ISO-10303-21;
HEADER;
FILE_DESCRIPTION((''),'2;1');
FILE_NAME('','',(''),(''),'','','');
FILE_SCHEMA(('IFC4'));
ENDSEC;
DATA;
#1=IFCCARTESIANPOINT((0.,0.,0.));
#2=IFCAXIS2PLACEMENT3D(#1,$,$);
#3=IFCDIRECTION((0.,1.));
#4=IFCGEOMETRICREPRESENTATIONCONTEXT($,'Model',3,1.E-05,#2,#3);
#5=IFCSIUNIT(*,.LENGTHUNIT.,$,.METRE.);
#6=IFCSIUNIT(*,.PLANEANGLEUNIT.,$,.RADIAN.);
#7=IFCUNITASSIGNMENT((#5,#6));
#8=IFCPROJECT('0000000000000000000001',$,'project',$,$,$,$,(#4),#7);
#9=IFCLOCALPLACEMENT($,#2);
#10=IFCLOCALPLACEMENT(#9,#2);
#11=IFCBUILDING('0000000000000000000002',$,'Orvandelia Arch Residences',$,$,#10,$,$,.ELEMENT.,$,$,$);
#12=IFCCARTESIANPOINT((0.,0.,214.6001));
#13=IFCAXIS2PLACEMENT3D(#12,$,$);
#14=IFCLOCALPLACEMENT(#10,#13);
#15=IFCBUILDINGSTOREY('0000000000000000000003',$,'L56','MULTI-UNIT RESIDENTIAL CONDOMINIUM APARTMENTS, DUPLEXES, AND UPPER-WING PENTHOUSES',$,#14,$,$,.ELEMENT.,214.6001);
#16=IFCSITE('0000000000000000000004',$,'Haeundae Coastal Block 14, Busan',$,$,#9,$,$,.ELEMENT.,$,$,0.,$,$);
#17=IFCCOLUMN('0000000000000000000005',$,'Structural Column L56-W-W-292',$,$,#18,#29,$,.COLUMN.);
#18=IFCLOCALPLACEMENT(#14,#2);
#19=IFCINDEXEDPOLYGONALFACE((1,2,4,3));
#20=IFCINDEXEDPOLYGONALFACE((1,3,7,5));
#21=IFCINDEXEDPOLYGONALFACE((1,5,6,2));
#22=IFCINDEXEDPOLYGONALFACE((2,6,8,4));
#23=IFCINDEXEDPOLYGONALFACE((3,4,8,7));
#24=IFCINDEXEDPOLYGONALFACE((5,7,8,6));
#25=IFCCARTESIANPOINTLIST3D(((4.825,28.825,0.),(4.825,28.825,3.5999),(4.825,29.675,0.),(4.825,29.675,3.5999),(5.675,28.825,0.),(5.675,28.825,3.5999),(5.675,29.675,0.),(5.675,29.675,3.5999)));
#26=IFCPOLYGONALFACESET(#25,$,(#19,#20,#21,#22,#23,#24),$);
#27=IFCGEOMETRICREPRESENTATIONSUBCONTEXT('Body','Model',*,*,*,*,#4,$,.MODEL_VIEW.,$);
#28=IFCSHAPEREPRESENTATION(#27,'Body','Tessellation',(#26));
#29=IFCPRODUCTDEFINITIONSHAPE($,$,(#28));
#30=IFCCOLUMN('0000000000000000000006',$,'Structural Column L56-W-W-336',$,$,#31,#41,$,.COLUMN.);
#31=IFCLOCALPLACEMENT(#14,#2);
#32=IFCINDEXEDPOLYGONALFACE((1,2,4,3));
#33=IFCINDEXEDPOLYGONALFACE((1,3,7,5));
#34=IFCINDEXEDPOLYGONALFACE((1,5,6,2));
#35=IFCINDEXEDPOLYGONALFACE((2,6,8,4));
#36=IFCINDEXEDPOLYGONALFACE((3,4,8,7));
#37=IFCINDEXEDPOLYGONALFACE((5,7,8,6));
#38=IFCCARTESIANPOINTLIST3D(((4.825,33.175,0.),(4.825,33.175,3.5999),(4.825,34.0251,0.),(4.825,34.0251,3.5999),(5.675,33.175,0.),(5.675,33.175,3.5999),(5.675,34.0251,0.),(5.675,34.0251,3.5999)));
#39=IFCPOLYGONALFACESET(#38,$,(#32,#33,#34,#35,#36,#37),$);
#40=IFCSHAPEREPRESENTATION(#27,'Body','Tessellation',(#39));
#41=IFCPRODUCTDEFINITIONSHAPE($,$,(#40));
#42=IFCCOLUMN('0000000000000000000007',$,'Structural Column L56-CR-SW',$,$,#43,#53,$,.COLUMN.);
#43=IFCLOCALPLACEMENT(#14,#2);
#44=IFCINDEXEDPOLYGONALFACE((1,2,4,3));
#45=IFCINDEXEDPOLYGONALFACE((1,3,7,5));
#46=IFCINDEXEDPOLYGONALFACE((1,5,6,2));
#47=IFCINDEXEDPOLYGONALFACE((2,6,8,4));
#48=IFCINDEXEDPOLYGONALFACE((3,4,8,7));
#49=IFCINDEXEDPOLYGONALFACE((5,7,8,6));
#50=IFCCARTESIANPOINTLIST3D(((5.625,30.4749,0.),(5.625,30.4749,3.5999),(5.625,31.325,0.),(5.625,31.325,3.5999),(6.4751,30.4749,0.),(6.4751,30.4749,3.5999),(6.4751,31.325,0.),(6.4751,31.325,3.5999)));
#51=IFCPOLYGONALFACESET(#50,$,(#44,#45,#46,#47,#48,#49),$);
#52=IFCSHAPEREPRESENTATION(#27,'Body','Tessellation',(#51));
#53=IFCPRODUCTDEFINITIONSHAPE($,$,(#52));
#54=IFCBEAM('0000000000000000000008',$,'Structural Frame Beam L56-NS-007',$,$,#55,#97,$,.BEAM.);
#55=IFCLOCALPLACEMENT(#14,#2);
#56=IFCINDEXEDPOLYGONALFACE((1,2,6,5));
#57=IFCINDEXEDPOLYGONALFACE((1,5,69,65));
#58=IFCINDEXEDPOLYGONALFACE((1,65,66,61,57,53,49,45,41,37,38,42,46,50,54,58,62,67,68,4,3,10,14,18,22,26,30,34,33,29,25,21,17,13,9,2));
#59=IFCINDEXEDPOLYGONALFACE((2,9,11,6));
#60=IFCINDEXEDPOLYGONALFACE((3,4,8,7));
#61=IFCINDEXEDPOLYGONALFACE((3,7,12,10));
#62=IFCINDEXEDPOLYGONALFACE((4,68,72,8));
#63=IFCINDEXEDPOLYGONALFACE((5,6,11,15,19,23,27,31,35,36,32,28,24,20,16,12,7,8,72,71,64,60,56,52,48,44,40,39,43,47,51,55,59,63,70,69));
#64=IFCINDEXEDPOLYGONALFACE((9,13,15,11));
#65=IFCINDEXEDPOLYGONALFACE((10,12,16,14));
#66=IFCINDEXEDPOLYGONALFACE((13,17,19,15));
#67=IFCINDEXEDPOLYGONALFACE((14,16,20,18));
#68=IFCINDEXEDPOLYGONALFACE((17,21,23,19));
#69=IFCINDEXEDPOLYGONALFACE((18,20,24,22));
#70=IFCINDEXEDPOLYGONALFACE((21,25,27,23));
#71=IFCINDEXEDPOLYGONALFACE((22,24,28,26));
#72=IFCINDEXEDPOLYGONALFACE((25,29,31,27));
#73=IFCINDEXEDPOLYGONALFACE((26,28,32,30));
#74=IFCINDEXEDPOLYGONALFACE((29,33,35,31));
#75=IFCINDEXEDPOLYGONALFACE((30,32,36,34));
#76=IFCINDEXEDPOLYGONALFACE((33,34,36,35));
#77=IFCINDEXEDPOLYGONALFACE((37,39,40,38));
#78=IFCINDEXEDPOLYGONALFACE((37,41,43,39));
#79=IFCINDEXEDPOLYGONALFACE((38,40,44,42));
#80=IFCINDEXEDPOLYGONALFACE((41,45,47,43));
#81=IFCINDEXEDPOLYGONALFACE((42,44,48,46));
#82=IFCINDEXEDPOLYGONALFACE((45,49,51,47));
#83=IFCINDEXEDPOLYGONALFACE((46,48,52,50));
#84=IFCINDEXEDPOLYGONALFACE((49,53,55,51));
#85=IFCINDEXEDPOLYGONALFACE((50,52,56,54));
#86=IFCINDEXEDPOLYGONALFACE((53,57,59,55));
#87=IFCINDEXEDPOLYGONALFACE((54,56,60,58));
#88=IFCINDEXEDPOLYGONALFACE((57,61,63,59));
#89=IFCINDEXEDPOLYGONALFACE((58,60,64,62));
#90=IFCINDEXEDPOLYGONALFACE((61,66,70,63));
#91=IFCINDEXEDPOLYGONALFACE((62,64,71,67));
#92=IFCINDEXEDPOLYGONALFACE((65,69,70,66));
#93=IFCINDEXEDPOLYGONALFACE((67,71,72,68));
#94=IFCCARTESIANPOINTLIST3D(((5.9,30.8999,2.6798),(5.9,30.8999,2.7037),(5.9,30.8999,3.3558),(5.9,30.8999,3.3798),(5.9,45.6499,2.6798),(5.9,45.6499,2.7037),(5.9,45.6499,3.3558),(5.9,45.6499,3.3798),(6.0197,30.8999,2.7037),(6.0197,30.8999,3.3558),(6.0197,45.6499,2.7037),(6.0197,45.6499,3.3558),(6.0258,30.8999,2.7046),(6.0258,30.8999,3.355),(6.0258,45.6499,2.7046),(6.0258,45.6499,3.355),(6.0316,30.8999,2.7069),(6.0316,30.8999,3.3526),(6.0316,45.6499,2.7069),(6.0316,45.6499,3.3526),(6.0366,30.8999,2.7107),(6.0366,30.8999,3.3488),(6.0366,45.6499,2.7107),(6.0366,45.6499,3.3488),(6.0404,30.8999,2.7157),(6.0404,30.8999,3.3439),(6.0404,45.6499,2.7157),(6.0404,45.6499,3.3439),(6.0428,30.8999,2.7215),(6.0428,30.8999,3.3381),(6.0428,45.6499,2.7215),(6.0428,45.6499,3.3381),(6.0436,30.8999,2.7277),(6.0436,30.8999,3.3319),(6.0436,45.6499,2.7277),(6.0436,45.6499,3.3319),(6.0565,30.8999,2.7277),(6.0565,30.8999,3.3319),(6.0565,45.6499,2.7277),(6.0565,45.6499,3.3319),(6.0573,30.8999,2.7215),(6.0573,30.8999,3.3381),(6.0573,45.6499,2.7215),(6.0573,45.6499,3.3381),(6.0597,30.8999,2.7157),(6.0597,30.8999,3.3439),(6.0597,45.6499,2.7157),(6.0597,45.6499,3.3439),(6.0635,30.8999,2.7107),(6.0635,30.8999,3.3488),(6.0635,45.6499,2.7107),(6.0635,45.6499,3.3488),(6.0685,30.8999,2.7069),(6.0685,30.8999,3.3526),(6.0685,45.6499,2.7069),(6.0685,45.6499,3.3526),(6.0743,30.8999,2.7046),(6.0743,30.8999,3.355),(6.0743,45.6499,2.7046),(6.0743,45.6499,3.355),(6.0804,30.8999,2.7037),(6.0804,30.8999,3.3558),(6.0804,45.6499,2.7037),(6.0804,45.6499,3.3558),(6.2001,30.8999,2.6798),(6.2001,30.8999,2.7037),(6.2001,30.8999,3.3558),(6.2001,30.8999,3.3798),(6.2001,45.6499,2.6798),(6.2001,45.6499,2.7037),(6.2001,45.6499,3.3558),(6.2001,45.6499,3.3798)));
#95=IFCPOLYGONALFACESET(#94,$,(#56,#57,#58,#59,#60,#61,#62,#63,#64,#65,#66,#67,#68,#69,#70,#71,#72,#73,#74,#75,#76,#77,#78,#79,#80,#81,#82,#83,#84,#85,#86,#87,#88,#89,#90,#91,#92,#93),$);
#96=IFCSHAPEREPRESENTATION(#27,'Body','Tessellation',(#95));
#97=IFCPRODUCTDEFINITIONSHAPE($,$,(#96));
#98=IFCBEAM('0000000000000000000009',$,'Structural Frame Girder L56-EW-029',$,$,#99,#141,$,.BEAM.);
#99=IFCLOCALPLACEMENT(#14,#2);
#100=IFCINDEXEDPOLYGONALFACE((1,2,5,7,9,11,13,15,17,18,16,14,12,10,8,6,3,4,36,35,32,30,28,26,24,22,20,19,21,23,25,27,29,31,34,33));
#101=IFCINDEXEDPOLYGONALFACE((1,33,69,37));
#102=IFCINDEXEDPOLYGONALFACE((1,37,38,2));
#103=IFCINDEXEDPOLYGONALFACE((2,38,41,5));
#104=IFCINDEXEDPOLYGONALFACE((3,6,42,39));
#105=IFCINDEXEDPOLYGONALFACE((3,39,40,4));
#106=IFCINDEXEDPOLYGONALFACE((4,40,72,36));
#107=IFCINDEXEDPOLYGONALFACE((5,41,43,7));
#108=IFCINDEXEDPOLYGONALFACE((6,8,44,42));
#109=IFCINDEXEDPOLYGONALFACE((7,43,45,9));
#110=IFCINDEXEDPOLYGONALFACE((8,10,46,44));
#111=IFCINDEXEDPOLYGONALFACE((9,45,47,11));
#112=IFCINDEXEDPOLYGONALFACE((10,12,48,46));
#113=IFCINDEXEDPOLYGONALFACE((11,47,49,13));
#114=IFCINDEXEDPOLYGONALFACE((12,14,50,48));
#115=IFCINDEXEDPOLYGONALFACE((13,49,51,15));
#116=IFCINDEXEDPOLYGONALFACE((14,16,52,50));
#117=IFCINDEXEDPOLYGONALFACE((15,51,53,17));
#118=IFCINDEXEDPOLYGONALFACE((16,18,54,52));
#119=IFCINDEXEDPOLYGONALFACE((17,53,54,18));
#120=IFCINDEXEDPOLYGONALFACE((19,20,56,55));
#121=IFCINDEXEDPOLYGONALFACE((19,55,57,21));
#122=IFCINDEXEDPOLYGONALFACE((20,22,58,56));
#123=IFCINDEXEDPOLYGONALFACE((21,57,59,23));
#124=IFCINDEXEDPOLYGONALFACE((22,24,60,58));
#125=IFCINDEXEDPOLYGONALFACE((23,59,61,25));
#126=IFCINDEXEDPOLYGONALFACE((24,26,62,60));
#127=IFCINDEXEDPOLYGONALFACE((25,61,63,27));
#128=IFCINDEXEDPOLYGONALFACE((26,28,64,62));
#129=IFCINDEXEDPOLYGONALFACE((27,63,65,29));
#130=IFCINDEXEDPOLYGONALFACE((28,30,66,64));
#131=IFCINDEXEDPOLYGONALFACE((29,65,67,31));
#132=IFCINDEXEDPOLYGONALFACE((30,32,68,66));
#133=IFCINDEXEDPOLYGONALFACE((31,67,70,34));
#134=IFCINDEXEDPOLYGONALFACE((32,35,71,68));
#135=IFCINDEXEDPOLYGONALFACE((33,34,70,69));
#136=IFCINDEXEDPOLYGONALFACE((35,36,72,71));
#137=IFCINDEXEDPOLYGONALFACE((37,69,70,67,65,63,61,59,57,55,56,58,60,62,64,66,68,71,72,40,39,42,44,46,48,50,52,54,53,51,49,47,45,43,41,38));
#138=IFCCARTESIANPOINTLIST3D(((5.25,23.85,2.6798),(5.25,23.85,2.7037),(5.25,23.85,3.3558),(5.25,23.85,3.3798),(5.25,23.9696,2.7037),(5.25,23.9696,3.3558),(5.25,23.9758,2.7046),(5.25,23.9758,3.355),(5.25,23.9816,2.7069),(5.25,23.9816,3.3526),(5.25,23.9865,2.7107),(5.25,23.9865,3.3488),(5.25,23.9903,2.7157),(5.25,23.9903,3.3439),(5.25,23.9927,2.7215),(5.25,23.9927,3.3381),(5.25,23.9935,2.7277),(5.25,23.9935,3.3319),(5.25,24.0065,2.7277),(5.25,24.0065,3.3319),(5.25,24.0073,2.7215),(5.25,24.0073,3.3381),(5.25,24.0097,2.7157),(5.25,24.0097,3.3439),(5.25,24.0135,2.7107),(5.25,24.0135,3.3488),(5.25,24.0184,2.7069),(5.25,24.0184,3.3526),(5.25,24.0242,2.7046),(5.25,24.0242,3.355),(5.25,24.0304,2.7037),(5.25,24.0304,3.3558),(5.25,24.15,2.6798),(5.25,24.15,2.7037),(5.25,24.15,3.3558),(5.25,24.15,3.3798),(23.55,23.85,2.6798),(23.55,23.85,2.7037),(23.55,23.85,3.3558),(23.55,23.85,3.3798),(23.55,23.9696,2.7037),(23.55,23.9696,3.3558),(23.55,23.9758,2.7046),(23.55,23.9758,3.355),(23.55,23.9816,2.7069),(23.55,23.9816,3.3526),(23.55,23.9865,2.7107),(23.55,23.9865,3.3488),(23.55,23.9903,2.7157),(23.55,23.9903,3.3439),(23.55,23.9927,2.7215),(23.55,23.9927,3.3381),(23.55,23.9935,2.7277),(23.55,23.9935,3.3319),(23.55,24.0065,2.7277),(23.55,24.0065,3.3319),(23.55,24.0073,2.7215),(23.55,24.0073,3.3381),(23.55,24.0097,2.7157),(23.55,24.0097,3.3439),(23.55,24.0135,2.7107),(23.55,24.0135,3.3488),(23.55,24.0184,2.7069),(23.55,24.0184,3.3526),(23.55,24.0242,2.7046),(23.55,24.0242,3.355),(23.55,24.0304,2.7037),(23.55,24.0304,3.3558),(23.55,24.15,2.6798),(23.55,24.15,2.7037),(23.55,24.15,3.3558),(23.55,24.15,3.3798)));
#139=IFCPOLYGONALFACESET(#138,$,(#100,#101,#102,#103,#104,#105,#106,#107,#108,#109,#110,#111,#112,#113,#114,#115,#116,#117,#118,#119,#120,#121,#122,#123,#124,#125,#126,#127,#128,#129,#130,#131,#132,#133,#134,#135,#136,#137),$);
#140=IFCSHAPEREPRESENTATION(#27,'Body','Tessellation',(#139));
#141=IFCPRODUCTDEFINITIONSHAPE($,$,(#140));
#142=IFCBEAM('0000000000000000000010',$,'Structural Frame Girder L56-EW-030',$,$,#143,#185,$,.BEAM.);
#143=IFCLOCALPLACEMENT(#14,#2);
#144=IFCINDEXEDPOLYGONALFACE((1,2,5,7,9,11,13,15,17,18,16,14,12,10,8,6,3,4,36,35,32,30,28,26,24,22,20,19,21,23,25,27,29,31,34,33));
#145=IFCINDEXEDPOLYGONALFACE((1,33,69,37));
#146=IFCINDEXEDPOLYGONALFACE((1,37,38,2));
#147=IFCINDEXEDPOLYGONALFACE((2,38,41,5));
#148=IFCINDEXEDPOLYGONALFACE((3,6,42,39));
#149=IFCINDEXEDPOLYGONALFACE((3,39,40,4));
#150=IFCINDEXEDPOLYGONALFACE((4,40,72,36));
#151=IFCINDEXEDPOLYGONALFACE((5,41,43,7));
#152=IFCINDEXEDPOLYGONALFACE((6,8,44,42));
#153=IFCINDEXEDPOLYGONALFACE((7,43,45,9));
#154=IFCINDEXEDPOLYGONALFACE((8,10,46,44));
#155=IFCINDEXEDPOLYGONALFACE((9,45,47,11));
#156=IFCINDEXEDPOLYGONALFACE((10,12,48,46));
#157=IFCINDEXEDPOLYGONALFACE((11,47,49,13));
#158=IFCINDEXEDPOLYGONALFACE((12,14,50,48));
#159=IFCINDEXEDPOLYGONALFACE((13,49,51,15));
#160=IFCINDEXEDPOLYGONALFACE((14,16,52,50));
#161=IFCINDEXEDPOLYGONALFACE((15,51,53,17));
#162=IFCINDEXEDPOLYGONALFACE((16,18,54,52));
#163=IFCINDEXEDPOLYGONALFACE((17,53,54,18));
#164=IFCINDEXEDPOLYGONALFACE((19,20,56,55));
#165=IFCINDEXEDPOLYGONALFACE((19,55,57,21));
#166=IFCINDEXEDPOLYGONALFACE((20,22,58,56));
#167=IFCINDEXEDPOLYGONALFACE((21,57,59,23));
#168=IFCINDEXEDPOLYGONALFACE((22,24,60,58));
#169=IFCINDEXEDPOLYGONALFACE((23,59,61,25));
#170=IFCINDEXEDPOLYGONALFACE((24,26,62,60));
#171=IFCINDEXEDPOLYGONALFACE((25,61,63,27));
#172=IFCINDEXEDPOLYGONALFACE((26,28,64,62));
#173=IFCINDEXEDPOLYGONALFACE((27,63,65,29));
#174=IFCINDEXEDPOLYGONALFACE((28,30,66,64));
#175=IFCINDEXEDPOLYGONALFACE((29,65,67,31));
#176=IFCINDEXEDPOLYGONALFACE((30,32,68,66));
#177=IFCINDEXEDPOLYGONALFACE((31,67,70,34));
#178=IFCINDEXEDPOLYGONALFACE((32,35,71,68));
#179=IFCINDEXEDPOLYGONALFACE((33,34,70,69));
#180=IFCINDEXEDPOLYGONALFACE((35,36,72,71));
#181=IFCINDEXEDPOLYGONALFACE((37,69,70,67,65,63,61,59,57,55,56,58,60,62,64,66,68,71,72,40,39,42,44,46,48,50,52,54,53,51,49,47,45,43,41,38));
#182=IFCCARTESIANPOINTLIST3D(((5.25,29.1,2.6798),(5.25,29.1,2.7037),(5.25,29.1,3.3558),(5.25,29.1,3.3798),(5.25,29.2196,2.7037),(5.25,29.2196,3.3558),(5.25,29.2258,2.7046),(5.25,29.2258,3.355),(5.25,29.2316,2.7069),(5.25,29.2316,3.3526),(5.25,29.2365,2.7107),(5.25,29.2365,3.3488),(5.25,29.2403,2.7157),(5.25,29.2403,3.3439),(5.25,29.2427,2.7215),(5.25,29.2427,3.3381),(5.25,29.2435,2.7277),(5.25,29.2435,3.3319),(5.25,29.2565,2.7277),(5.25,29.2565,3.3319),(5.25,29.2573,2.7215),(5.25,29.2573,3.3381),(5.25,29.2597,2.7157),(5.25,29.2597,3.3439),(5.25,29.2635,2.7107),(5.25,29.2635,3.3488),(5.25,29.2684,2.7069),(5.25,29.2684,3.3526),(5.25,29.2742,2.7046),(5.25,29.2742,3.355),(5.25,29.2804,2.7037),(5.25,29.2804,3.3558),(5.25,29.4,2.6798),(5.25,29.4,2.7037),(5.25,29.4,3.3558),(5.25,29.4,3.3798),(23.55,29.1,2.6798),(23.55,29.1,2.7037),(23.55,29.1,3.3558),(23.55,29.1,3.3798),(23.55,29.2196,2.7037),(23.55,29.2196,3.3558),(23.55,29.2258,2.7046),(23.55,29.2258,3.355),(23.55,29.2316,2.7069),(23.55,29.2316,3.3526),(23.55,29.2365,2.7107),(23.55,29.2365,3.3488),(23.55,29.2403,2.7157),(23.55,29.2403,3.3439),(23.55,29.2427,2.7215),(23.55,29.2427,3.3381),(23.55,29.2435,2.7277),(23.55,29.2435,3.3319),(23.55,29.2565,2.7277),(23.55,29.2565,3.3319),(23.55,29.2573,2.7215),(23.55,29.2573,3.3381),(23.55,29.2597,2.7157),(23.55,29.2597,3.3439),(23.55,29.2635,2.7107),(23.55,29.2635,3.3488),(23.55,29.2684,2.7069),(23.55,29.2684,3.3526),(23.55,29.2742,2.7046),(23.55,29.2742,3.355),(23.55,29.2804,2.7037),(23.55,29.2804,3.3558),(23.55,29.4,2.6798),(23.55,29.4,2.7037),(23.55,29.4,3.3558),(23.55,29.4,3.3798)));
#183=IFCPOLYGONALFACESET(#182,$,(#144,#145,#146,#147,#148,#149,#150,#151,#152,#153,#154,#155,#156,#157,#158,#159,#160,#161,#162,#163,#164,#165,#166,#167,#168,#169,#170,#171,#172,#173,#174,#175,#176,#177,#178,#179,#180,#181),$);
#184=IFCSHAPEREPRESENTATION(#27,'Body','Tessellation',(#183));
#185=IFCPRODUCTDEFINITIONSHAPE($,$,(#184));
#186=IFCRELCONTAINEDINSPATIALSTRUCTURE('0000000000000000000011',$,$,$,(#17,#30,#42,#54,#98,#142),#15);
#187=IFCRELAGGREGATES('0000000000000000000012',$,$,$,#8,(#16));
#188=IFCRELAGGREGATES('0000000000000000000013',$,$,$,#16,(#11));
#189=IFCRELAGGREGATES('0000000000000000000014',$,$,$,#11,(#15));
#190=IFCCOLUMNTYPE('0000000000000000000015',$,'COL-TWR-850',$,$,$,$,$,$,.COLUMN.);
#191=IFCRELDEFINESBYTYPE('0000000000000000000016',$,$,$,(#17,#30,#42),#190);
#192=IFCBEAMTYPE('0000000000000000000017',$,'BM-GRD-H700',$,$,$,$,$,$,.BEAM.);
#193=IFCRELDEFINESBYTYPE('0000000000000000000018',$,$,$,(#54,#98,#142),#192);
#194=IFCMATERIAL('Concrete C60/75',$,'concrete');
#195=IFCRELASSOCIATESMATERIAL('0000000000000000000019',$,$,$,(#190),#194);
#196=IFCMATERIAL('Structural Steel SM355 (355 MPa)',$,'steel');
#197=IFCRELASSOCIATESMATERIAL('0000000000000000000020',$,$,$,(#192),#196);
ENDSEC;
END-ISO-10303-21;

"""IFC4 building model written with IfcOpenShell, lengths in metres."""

from ifc_helpers import new_model, si_unit, direction, frame, origin, origin_2d, place, context, subcontext, project, spatial, rectangle, i_section, extrude, material, material_profile, profile_set, type_object, element, save


model = new_model("IFC4")

# Units and contexts
model_context = context("Model", 3, precision=1e-05, world=origin(), true_north=direction((0.0, 1.0)))
body_context = subcontext(model_context, "Body", "Model", "MODEL_VIEW")
ifc_project = project(units=[si_unit("LENGTHUNIT", "METRE"), si_unit("PLANEANGLEUNIT", "RADIAN")], contexts=[model_context])

# Site, building, storey
site_placement = place(None, origin())
site = spatial("IfcSite", under=ifc_project, at=site_placement, Name="Haeundae Coastal Block 14, Busan", CompositionType="ELEMENT", RefElevation=0.0)
building_placement = place(site_placement, origin())
building = spatial("IfcBuilding", under=site, at=building_placement, Name="Orvandelia Arch Residences", CompositionType="ELEMENT")
storey_placement = place(building_placement, frame((0.0, 0.0, 214.6001)))
storey = spatial("IfcBuildingStorey", under=building, at=storey_placement, Name="L56", Description="MULTI-UNIT RESIDENTIAL CONDOMINIUM APARTMENTS, DUPLEXES, AND UPPER-WING PENTHOUSES", CompositionType="ELEMENT", Elevation=214.6001)

# Columns
ifc_material_1 = material(Name="Concrete C60/75", Category="concrete")
ifc_material_profile_1 = material_profile(ifc_material_1, rectangle(XDim=0.8501, YDim=0.8501, at=origin_2d()), Name="Concrete C60/75", Category="concrete")
ifc_profile_set_1 = profile_set([ifc_material_profile_1], Name="Concrete C60/75")
column_type = type_object("IfcColumnType", Name="COL-TWR-850", PredefinedType="COLUMN", material=ifc_profile_set_1)
for number, where, z_axis, x_axis, name in (
    (1, (5.25, 29.25, 0.0), (0.0, 0.0, 1.0), (1.0, 0.0, 0.0), "Structural Column L56-W-W-292"),
    (2, (5.25, 33.6001, 0.0), (0.0, 0.0, 1.0), (1.0, 0.0, 0.0), "Structural Column L56-W-W-336"),
    (3, (6.05, 30.8999, 0.0), (0.0, 0.0, 1.0), (1.0, 0.0, 0.0), "Structural Column L56-CR-SW"),
):
    element("IfcColumn", number, at=place(storey_placement, frame(where, z_axis=z_axis, x_axis=x_axis)), inside=storey, type_object=column_type, Name=name, PredefinedType="COLUMN", context=body_context, shape_type="SweptSolid", body=[
        extrude(rectangle(XDim=0.8501, YDim=0.8501, at=origin_2d()), origin(), (0.0, 0.0, 1.0), 3.5999),
    ])

# Beams
ifc_material_2 = material(Name="Structural Steel SM355 (355 MPa)", Category="steel")
ifc_material_profile_2 = material_profile(ifc_material_2, i_section(OverallWidth=0.3, OverallDepth=0.7, WebThickness=0.0129, FlangeThickness=0.0239, FilletRadius=0.0239, at=origin_2d()), Name="Structural Steel SM355 (355 MPa)", Category="steel")
ifc_profile_set_2 = profile_set([ifc_material_profile_2], Name="Structural Steel SM355 (355 MPa)")
beam_type_1 = type_object("IfcBeamType", Name="BM-GRD-H700", PredefinedType="BEAM", material=ifc_profile_set_2)
beam_1_placement = place(storey_placement, frame((6.05, 30.8999, 3.0298), z_axis=(0.0, 1.0, 0.0), x_axis=(-1.0, 0.0, 0.0)))
element("IfcBeam", 4, at=beam_1_placement, inside=storey, type_object=beam_type_1, Name="Structural Frame Beam L56-NS-007", PredefinedType="BEAM", context=body_context, shape_type="SweptSolid", body=[
    extrude(i_section(OverallWidth=0.3, OverallDepth=0.7, WebThickness=0.0129, FlangeThickness=0.0239, FilletRadius=0.0239, at=origin_2d()), origin(), (0.0, 0.0, 1.0), 14.75),
])
for number, where, z_axis, x_axis, name in (
    (5, (5.25, 24.0, 3.0298), (1.0, 0.0, 0.0), (0.0, 1.0, 0.0), "Structural Frame Girder L56-EW-029"),
    (6, (5.25, 29.25, 3.0298), (1.0, 0.0, 0.0), (0.0, 1.0, 0.0), "Structural Frame Girder L56-EW-030"),
):
    element("IfcBeam", number, at=place(storey_placement, frame(where, z_axis=z_axis, x_axis=x_axis)), inside=storey, type_object=beam_type_1, Name=name, PredefinedType="BEAM", context=body_context, shape_type="SweptSolid", body=[
        extrude(i_section(OverallWidth=0.3, OverallDepth=0.7, WebThickness=0.0129, FlangeThickness=0.0239, FilletRadius=0.0239, at=origin_2d()), origin(), (0.0, 0.0, 1.0), 18.3),
    ])

save(model, "model.ifc")
